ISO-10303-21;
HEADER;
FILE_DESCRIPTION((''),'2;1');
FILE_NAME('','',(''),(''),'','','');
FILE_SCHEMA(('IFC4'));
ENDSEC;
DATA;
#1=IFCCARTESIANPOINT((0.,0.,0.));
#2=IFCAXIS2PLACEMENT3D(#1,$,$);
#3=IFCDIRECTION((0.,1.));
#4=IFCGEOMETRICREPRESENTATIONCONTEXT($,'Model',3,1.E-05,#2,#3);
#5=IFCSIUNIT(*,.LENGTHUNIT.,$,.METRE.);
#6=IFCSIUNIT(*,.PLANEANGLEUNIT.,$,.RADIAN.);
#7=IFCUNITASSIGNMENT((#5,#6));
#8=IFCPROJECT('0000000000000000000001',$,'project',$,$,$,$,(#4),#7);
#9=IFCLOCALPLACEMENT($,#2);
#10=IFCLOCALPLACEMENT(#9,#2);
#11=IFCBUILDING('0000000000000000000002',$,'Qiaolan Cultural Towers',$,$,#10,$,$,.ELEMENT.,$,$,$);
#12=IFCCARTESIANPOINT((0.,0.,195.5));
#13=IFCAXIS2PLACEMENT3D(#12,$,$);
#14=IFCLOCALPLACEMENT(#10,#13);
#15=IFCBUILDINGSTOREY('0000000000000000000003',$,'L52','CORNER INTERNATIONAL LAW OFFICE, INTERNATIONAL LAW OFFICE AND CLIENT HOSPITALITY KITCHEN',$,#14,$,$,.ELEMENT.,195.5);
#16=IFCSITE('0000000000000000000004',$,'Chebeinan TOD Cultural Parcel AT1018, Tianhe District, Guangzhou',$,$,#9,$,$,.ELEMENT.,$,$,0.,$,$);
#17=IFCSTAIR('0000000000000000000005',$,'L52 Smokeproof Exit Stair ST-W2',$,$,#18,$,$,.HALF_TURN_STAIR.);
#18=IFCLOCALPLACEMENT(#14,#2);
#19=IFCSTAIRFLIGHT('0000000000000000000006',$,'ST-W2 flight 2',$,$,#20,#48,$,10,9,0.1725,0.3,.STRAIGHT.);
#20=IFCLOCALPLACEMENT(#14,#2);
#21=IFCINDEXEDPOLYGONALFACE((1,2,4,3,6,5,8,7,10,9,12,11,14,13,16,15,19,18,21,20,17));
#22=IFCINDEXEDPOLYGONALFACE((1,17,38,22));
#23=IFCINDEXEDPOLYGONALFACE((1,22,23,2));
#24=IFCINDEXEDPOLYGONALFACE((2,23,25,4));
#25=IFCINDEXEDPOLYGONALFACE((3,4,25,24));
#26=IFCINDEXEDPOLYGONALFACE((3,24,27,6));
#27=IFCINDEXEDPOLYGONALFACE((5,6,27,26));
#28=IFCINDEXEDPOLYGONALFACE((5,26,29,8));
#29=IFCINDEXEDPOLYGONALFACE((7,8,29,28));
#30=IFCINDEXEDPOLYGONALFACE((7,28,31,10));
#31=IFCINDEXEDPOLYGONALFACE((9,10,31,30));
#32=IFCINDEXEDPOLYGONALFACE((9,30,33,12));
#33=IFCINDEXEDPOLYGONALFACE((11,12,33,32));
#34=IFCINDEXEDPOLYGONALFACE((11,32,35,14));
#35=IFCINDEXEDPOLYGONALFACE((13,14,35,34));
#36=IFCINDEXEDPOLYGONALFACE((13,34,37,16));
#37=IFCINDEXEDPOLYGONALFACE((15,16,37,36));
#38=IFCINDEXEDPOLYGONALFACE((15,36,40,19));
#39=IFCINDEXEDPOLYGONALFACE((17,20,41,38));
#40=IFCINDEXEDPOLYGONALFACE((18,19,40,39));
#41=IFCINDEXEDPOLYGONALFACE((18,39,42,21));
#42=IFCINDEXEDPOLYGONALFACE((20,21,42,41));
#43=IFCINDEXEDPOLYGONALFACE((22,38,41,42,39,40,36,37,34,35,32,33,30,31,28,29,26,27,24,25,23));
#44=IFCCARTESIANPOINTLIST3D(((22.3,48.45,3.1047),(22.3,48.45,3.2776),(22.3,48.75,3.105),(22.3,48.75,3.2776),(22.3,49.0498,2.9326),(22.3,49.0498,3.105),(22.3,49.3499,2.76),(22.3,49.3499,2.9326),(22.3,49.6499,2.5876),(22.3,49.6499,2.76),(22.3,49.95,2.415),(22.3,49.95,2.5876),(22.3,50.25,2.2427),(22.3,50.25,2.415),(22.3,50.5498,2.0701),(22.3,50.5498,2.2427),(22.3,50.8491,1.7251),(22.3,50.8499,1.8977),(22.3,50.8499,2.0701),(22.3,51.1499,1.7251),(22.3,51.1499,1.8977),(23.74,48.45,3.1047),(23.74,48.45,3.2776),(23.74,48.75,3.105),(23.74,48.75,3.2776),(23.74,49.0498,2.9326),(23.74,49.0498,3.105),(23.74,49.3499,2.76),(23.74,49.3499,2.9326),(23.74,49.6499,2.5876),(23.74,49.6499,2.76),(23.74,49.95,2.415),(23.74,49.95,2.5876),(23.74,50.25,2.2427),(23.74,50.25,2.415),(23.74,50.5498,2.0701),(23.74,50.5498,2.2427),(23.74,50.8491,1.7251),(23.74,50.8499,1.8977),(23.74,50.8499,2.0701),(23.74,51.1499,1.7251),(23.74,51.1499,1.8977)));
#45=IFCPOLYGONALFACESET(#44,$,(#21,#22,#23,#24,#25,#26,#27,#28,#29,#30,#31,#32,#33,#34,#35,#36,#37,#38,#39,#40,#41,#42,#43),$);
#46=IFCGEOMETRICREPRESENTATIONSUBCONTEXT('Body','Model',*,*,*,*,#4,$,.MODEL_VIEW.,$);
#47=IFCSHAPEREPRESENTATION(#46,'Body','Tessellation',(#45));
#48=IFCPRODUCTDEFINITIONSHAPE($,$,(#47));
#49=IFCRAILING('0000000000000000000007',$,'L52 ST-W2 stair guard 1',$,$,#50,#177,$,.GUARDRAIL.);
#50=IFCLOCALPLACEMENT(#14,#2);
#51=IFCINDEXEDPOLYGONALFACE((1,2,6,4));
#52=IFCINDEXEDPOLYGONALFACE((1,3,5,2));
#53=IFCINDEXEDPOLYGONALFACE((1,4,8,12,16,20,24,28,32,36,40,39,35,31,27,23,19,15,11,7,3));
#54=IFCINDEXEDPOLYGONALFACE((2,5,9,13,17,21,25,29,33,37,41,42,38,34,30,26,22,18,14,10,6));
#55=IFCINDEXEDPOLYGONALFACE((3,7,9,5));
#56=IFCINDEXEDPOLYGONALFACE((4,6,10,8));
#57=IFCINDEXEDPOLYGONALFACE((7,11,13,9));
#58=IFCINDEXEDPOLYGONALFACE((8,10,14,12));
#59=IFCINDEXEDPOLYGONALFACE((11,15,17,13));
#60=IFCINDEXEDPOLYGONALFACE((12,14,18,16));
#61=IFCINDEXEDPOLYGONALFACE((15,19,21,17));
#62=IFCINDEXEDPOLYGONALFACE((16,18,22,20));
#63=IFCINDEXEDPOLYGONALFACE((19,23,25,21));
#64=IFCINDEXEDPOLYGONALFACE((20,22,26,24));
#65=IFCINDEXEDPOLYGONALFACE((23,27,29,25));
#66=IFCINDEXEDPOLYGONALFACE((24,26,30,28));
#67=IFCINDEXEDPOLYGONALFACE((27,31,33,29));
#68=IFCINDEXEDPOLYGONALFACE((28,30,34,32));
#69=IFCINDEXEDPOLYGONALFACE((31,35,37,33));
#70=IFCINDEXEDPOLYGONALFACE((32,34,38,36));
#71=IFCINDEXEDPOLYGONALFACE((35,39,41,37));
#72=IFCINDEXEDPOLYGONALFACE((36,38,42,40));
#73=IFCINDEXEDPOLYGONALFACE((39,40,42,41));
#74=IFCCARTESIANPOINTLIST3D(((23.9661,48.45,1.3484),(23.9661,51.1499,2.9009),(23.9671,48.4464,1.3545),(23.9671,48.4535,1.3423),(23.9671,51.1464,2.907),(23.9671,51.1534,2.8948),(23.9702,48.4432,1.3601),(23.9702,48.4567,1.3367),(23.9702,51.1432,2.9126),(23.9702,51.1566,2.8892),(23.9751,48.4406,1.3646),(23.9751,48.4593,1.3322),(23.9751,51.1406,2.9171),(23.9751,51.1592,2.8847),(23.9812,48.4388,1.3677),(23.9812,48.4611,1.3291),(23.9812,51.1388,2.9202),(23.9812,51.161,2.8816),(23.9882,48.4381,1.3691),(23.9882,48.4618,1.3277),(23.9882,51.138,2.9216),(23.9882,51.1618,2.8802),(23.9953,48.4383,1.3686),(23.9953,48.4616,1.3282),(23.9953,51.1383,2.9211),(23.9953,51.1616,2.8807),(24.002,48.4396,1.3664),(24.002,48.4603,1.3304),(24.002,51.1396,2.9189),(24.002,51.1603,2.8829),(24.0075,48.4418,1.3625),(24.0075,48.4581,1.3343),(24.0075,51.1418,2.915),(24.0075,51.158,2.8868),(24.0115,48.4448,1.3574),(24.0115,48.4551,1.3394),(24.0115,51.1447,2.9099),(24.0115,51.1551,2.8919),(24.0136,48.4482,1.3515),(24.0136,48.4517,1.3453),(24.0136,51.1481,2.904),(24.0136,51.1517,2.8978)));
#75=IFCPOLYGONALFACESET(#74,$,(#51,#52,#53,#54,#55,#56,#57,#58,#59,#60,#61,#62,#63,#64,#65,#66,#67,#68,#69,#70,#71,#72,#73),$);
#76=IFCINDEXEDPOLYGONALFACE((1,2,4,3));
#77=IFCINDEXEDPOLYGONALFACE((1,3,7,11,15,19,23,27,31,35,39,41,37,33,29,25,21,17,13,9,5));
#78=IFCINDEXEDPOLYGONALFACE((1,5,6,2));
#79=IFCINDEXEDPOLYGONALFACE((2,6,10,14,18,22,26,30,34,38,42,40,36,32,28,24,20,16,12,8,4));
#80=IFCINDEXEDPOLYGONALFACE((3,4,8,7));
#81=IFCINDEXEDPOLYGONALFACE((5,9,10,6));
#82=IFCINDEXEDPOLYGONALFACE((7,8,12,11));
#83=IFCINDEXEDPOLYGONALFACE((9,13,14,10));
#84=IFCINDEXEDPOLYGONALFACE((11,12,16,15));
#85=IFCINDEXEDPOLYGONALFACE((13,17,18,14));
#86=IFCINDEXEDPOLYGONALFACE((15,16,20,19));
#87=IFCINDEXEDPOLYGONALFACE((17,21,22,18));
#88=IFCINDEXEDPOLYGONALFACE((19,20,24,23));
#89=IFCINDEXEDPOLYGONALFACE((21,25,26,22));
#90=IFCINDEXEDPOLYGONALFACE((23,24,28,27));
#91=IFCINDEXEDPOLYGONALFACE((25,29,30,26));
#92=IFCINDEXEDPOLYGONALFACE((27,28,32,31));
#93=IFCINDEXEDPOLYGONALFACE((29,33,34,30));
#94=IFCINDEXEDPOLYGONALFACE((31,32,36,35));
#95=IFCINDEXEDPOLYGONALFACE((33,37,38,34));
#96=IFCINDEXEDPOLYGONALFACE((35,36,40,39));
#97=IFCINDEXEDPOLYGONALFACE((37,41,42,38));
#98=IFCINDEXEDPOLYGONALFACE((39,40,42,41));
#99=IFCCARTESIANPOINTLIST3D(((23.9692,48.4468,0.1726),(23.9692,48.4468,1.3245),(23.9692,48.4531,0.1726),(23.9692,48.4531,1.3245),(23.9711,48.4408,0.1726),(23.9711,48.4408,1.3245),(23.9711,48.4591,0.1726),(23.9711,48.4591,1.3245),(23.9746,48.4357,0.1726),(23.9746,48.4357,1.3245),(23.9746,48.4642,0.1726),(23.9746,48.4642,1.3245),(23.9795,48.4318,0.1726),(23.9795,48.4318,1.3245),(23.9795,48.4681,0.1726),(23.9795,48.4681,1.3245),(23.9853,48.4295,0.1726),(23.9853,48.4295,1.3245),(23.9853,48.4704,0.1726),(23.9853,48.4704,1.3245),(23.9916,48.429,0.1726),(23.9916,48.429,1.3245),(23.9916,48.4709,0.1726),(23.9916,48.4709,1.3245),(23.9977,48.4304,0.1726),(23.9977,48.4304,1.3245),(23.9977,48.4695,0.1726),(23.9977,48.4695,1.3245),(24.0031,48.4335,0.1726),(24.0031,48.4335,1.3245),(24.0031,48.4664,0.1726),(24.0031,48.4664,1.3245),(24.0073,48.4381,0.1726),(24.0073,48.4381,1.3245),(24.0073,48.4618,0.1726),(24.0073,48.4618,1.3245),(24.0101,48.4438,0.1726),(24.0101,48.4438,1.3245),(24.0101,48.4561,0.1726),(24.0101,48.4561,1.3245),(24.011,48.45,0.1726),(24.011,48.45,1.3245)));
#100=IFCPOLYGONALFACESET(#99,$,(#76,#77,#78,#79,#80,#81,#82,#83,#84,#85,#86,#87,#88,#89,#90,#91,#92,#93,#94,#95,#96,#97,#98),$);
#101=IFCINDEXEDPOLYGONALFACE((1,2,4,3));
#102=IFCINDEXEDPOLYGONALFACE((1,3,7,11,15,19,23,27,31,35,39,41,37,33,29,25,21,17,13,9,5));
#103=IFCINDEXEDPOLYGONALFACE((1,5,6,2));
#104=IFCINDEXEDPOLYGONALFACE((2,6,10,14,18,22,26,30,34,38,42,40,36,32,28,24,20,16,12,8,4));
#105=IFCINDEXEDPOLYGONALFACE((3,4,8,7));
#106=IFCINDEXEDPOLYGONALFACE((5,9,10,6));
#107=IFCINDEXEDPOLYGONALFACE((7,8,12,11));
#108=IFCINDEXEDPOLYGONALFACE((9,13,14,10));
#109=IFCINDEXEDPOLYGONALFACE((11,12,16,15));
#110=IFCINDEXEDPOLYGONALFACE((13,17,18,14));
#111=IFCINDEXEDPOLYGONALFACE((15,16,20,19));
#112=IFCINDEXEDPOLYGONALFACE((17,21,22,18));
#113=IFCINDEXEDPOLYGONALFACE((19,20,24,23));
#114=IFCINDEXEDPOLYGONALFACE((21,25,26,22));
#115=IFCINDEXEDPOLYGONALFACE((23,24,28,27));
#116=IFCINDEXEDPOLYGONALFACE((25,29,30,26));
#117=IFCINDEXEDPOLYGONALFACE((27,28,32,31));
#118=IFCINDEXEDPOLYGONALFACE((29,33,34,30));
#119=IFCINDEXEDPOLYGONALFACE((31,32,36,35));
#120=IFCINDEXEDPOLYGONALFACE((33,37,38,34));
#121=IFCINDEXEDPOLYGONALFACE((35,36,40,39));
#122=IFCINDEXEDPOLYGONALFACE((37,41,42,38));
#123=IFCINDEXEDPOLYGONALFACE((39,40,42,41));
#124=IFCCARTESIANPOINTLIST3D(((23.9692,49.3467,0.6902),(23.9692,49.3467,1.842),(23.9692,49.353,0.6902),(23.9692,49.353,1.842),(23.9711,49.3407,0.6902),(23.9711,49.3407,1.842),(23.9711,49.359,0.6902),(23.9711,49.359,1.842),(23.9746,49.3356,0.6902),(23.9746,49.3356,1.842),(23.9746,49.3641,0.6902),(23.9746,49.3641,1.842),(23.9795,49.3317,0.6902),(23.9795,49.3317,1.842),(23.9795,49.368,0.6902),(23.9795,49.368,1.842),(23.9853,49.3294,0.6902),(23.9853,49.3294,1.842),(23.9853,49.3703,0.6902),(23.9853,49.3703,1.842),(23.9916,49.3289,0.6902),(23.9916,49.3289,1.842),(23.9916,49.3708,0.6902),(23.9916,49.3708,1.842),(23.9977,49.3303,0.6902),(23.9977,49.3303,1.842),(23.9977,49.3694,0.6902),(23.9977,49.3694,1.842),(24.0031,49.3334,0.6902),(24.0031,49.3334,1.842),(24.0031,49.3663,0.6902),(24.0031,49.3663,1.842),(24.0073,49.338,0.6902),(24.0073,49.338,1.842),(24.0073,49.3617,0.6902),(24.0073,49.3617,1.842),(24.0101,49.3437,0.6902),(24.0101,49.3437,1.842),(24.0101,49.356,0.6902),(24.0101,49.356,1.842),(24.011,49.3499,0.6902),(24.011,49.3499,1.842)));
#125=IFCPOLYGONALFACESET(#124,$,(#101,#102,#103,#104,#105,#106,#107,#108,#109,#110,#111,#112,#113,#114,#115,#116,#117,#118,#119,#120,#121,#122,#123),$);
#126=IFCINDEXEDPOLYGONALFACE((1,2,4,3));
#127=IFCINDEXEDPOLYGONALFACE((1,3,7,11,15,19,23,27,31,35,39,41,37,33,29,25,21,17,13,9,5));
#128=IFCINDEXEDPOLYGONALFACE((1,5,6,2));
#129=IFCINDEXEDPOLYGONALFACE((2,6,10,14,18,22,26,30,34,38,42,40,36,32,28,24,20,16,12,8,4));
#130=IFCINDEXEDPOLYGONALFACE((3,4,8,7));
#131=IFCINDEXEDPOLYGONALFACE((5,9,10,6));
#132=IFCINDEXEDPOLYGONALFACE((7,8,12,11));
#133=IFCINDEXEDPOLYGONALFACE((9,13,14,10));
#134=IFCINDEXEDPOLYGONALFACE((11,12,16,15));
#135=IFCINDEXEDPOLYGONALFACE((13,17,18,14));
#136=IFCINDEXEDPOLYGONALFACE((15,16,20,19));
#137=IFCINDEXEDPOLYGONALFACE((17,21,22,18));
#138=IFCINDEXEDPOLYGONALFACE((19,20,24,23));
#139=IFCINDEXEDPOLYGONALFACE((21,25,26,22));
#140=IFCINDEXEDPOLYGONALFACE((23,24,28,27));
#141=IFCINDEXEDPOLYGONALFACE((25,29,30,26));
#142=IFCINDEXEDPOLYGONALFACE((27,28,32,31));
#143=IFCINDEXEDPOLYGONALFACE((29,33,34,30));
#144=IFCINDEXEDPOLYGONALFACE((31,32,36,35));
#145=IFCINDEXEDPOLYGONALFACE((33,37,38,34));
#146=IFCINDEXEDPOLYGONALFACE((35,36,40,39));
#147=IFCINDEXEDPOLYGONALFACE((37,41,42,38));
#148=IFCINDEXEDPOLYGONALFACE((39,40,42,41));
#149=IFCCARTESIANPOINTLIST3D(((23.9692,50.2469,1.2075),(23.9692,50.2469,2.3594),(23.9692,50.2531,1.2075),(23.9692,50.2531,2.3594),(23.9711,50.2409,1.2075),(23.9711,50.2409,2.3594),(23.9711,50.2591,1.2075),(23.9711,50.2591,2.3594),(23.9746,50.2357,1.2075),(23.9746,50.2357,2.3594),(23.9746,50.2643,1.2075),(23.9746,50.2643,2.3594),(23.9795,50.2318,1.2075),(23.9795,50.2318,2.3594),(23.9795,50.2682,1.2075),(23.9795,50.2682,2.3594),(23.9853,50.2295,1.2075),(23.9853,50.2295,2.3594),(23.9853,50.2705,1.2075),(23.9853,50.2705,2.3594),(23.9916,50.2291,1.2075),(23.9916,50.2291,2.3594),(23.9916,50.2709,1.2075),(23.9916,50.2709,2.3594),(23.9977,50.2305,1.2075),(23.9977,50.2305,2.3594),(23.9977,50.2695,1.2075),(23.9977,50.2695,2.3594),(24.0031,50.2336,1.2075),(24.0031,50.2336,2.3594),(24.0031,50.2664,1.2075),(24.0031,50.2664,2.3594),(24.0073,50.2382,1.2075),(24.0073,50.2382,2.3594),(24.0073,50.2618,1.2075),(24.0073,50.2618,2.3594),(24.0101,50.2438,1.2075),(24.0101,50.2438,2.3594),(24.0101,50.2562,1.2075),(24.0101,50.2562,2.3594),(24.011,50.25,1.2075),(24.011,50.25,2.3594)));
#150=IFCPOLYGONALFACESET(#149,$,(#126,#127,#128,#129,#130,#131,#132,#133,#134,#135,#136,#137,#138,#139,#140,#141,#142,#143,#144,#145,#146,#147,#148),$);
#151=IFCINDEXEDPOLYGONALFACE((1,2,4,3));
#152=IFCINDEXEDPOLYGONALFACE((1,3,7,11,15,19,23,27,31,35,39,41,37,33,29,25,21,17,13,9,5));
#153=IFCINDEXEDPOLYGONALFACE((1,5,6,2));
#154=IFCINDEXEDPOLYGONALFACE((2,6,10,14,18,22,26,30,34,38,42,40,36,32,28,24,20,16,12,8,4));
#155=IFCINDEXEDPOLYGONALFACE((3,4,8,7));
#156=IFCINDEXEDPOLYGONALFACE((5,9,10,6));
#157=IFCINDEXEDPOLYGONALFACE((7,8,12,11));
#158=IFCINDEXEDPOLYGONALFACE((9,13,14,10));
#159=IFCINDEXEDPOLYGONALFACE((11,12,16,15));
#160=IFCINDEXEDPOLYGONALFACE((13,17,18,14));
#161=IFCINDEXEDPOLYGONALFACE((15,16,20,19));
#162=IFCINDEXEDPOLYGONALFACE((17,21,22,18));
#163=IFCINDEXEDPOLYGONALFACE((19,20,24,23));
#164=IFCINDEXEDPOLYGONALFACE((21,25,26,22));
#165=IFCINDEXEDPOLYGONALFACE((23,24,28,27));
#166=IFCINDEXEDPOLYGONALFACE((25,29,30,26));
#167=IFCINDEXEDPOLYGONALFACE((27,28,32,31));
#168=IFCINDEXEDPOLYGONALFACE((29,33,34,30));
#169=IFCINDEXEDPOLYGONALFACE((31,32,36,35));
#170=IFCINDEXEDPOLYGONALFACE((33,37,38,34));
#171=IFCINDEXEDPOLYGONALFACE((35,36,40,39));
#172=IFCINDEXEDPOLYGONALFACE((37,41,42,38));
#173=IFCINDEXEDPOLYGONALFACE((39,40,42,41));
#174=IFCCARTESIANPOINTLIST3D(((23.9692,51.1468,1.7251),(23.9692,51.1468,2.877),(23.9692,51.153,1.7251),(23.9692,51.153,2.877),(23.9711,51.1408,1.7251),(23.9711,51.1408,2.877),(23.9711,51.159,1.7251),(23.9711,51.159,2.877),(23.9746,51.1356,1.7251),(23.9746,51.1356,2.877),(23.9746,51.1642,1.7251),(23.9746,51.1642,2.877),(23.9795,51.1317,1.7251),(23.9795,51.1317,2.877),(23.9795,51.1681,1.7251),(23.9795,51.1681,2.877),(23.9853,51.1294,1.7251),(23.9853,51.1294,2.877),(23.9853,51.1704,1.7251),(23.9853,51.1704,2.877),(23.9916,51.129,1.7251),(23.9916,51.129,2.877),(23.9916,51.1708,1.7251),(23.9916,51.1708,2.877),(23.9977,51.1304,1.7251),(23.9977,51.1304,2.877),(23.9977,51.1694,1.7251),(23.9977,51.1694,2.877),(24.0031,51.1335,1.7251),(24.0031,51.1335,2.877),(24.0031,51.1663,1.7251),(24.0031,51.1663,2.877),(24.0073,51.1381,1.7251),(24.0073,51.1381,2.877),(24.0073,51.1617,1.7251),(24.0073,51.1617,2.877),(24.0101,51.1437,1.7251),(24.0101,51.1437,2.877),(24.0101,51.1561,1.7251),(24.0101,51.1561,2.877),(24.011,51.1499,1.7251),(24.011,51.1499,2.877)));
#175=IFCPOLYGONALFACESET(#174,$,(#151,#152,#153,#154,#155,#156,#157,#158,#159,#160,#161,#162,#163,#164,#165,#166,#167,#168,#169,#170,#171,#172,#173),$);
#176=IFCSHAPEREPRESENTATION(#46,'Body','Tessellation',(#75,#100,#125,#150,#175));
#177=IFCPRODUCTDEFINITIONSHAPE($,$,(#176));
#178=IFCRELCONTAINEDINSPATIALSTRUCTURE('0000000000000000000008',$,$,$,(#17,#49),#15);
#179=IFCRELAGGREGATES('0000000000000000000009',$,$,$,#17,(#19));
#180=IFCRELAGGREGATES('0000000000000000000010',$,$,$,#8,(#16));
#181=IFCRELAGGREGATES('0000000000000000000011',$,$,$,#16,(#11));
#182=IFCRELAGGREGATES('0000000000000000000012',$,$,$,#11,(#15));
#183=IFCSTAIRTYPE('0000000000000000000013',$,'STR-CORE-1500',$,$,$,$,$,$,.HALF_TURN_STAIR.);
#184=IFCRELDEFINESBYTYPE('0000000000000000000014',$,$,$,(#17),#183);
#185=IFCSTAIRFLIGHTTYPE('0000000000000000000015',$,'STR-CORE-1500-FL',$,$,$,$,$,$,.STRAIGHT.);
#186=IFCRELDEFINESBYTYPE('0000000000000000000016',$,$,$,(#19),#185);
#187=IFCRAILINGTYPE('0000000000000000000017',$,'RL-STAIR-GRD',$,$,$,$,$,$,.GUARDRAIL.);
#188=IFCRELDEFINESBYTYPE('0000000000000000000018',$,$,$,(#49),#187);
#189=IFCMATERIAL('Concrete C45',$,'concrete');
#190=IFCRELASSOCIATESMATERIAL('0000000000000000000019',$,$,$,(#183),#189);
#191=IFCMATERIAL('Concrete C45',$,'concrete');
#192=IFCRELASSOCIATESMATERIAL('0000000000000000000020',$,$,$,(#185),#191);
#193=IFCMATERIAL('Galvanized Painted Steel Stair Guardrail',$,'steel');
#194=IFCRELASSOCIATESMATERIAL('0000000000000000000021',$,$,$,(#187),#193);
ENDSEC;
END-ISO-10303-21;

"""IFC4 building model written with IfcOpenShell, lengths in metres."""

from ifc_helpers import new_model, si_unit, direction, frame, origin, origin_2d, place, context, subcontext, project, spatial, polyline, circle, outline, extrude, material, type_object, element, aggregate, save


model = new_model("IFC4")

# Units and contexts
model_context = context("Model", 3, precision=1e-05, world=origin(), true_north=direction((0.0, 1.0)))
body_context = subcontext(model_context, "Body", "Model", "MODEL_VIEW")
ifc_project = project(units=[si_unit("LENGTHUNIT", "METRE"), si_unit("PLANEANGLEUNIT", "RADIAN")], contexts=[model_context])

# Site, building, storey
site_placement = place(None, origin())
site = spatial("IfcSite", under=ifc_project, at=site_placement, Name="Chebeinan TOD Cultural Parcel AT1018, Tianhe District, Guangzhou", CompositionType="ELEMENT", RefElevation=0.0)
building_placement = place(site_placement, origin())
building = spatial("IfcBuilding", under=site, at=building_placement, Name="Qiaolan Cultural Towers", CompositionType="ELEMENT")
storey_placement = place(building_placement, frame((0.0, 0.0, 195.5)))
storey = spatial("IfcBuildingStorey", under=building, at=storey_placement, Name="L52", Description="CORNER INTERNATIONAL LAW OFFICE, INTERNATIONAL LAW OFFICE AND CLIENT HOSPITALITY KITCHEN", CompositionType="ELEMENT", Elevation=195.5)

# Stair, stair flight
ifc_material_1 = material(Name="Concrete C45", Category="concrete")
stair_type = type_object("IfcStairType", Name="STR-CORE-1500", PredefinedType="HALF_TURN_STAIR", material=ifc_material_1)
stair_placement = place(storey_placement, origin())
stair = element("IfcStair", 1, at=stair_placement, inside=storey, type_object=stair_type, Name="L52 Smokeproof Exit Stair ST-W2", PredefinedType="HALF_TURN_STAIR")
ifc_material_2 = material(Name="Concrete C45", Category="concrete")
stair_flight_type = type_object("IfcStairFlightType", Name="STR-CORE-1500-FL", PredefinedType="STRAIGHT", material=ifc_material_2)
stair_flight_1_placement = place(storey_placement, frame((23.02, 51.1499, 1.7251), z_axis=(0.0, 0.0, 1.0), x_axis=(0.0, -1.0, 0.0)))
stair_flight_1 = element("IfcStairFlight", 2, at=stair_flight_1_placement, type_object=stair_flight_type, Name="ST-W2 flight 2", NumberOfRisers=10, NumberOfTreads=9, PredefinedType="STRAIGHT", RiserHeight=0.1725, TreadLength=0.3, context=body_context, shape_type="SweptSolid", body=[
    extrude(outline(polyline([(0.0, 0.0), (0.0, 0.1726), (0.3, 0.1726), (0.3, 0.345), (0.6001, 0.345), (0.6001, 0.5176), (0.8999, 0.5176), (0.8999, 0.6899), (1.2, 0.6899), (1.2, 0.8625), (1.5, 0.8625), (1.5, 1.0349), (1.8, 1.0349), (1.8, 1.2075), (2.1001, 1.2075), (2.1001, 1.3799), (2.3999, 1.3799), (2.3999, 1.5525), (2.7, 1.5525), (2.7, 1.7251), (2.7, 1.3796), (0.3008, 0.0), (0.0, 0.0)])), frame((0.0, 0.72, 0.0), z_axis=(0.0, -1.0, 0.0), x_axis=(1.0, 0.0, 0.0)), (0.0, 0.0, 1.0), 1.4399),
])
aggregate(stair, [stair_flight_1])

# Railing
ifc_material_3 = material(Name="Galvanized Painted Steel Stair Guardrail", Category="steel")
railing_type_1 = type_object("IfcRailingType", Name="RL-STAIR-GRD", PredefinedType="GUARDRAIL", material=ifc_material_3)
railing_1_placement = place(storey_placement, frame((23.99, 48.45, 0.1726)))
element("IfcRailing", 3, at=railing_1_placement, inside=storey, type_object=railing_type_1, Name="L52 ST-W2 stair guard 1", PredefinedType="GUARDRAIL", context=body_context, shape_type="SweptSolid", body=[
    extrude(circle(Radius=0.0239, at=origin_2d()), frame((0.0, 0.0, 1.1758), z_axis=(0.0, 0.866904, 0.498476), x_axis=(-1.0, 0.0, 0.0)), (0.0, 0.0, 1.0), 3.1145),
    extrude(circle(Radius=0.021, at=origin_2d()), origin(), (0.0, 0.0, 1.0), 1.1519),
    extrude(circle(Radius=0.021, at=origin_2d()), frame((0.0, 0.8999, 0.5176)), (0.0, 0.0, 1.0), 1.1519),
    extrude(circle(Radius=0.021, at=origin_2d()), frame((0.0, 1.8, 1.0349)), (0.0, 0.0, 1.0), 1.1519),
    extrude(circle(Radius=0.021, at=origin_2d()), frame((0.0, 2.7, 1.5525)), (0.0, 0.0, 1.0), 1.1519),
])

save(model, "model.ifc")
